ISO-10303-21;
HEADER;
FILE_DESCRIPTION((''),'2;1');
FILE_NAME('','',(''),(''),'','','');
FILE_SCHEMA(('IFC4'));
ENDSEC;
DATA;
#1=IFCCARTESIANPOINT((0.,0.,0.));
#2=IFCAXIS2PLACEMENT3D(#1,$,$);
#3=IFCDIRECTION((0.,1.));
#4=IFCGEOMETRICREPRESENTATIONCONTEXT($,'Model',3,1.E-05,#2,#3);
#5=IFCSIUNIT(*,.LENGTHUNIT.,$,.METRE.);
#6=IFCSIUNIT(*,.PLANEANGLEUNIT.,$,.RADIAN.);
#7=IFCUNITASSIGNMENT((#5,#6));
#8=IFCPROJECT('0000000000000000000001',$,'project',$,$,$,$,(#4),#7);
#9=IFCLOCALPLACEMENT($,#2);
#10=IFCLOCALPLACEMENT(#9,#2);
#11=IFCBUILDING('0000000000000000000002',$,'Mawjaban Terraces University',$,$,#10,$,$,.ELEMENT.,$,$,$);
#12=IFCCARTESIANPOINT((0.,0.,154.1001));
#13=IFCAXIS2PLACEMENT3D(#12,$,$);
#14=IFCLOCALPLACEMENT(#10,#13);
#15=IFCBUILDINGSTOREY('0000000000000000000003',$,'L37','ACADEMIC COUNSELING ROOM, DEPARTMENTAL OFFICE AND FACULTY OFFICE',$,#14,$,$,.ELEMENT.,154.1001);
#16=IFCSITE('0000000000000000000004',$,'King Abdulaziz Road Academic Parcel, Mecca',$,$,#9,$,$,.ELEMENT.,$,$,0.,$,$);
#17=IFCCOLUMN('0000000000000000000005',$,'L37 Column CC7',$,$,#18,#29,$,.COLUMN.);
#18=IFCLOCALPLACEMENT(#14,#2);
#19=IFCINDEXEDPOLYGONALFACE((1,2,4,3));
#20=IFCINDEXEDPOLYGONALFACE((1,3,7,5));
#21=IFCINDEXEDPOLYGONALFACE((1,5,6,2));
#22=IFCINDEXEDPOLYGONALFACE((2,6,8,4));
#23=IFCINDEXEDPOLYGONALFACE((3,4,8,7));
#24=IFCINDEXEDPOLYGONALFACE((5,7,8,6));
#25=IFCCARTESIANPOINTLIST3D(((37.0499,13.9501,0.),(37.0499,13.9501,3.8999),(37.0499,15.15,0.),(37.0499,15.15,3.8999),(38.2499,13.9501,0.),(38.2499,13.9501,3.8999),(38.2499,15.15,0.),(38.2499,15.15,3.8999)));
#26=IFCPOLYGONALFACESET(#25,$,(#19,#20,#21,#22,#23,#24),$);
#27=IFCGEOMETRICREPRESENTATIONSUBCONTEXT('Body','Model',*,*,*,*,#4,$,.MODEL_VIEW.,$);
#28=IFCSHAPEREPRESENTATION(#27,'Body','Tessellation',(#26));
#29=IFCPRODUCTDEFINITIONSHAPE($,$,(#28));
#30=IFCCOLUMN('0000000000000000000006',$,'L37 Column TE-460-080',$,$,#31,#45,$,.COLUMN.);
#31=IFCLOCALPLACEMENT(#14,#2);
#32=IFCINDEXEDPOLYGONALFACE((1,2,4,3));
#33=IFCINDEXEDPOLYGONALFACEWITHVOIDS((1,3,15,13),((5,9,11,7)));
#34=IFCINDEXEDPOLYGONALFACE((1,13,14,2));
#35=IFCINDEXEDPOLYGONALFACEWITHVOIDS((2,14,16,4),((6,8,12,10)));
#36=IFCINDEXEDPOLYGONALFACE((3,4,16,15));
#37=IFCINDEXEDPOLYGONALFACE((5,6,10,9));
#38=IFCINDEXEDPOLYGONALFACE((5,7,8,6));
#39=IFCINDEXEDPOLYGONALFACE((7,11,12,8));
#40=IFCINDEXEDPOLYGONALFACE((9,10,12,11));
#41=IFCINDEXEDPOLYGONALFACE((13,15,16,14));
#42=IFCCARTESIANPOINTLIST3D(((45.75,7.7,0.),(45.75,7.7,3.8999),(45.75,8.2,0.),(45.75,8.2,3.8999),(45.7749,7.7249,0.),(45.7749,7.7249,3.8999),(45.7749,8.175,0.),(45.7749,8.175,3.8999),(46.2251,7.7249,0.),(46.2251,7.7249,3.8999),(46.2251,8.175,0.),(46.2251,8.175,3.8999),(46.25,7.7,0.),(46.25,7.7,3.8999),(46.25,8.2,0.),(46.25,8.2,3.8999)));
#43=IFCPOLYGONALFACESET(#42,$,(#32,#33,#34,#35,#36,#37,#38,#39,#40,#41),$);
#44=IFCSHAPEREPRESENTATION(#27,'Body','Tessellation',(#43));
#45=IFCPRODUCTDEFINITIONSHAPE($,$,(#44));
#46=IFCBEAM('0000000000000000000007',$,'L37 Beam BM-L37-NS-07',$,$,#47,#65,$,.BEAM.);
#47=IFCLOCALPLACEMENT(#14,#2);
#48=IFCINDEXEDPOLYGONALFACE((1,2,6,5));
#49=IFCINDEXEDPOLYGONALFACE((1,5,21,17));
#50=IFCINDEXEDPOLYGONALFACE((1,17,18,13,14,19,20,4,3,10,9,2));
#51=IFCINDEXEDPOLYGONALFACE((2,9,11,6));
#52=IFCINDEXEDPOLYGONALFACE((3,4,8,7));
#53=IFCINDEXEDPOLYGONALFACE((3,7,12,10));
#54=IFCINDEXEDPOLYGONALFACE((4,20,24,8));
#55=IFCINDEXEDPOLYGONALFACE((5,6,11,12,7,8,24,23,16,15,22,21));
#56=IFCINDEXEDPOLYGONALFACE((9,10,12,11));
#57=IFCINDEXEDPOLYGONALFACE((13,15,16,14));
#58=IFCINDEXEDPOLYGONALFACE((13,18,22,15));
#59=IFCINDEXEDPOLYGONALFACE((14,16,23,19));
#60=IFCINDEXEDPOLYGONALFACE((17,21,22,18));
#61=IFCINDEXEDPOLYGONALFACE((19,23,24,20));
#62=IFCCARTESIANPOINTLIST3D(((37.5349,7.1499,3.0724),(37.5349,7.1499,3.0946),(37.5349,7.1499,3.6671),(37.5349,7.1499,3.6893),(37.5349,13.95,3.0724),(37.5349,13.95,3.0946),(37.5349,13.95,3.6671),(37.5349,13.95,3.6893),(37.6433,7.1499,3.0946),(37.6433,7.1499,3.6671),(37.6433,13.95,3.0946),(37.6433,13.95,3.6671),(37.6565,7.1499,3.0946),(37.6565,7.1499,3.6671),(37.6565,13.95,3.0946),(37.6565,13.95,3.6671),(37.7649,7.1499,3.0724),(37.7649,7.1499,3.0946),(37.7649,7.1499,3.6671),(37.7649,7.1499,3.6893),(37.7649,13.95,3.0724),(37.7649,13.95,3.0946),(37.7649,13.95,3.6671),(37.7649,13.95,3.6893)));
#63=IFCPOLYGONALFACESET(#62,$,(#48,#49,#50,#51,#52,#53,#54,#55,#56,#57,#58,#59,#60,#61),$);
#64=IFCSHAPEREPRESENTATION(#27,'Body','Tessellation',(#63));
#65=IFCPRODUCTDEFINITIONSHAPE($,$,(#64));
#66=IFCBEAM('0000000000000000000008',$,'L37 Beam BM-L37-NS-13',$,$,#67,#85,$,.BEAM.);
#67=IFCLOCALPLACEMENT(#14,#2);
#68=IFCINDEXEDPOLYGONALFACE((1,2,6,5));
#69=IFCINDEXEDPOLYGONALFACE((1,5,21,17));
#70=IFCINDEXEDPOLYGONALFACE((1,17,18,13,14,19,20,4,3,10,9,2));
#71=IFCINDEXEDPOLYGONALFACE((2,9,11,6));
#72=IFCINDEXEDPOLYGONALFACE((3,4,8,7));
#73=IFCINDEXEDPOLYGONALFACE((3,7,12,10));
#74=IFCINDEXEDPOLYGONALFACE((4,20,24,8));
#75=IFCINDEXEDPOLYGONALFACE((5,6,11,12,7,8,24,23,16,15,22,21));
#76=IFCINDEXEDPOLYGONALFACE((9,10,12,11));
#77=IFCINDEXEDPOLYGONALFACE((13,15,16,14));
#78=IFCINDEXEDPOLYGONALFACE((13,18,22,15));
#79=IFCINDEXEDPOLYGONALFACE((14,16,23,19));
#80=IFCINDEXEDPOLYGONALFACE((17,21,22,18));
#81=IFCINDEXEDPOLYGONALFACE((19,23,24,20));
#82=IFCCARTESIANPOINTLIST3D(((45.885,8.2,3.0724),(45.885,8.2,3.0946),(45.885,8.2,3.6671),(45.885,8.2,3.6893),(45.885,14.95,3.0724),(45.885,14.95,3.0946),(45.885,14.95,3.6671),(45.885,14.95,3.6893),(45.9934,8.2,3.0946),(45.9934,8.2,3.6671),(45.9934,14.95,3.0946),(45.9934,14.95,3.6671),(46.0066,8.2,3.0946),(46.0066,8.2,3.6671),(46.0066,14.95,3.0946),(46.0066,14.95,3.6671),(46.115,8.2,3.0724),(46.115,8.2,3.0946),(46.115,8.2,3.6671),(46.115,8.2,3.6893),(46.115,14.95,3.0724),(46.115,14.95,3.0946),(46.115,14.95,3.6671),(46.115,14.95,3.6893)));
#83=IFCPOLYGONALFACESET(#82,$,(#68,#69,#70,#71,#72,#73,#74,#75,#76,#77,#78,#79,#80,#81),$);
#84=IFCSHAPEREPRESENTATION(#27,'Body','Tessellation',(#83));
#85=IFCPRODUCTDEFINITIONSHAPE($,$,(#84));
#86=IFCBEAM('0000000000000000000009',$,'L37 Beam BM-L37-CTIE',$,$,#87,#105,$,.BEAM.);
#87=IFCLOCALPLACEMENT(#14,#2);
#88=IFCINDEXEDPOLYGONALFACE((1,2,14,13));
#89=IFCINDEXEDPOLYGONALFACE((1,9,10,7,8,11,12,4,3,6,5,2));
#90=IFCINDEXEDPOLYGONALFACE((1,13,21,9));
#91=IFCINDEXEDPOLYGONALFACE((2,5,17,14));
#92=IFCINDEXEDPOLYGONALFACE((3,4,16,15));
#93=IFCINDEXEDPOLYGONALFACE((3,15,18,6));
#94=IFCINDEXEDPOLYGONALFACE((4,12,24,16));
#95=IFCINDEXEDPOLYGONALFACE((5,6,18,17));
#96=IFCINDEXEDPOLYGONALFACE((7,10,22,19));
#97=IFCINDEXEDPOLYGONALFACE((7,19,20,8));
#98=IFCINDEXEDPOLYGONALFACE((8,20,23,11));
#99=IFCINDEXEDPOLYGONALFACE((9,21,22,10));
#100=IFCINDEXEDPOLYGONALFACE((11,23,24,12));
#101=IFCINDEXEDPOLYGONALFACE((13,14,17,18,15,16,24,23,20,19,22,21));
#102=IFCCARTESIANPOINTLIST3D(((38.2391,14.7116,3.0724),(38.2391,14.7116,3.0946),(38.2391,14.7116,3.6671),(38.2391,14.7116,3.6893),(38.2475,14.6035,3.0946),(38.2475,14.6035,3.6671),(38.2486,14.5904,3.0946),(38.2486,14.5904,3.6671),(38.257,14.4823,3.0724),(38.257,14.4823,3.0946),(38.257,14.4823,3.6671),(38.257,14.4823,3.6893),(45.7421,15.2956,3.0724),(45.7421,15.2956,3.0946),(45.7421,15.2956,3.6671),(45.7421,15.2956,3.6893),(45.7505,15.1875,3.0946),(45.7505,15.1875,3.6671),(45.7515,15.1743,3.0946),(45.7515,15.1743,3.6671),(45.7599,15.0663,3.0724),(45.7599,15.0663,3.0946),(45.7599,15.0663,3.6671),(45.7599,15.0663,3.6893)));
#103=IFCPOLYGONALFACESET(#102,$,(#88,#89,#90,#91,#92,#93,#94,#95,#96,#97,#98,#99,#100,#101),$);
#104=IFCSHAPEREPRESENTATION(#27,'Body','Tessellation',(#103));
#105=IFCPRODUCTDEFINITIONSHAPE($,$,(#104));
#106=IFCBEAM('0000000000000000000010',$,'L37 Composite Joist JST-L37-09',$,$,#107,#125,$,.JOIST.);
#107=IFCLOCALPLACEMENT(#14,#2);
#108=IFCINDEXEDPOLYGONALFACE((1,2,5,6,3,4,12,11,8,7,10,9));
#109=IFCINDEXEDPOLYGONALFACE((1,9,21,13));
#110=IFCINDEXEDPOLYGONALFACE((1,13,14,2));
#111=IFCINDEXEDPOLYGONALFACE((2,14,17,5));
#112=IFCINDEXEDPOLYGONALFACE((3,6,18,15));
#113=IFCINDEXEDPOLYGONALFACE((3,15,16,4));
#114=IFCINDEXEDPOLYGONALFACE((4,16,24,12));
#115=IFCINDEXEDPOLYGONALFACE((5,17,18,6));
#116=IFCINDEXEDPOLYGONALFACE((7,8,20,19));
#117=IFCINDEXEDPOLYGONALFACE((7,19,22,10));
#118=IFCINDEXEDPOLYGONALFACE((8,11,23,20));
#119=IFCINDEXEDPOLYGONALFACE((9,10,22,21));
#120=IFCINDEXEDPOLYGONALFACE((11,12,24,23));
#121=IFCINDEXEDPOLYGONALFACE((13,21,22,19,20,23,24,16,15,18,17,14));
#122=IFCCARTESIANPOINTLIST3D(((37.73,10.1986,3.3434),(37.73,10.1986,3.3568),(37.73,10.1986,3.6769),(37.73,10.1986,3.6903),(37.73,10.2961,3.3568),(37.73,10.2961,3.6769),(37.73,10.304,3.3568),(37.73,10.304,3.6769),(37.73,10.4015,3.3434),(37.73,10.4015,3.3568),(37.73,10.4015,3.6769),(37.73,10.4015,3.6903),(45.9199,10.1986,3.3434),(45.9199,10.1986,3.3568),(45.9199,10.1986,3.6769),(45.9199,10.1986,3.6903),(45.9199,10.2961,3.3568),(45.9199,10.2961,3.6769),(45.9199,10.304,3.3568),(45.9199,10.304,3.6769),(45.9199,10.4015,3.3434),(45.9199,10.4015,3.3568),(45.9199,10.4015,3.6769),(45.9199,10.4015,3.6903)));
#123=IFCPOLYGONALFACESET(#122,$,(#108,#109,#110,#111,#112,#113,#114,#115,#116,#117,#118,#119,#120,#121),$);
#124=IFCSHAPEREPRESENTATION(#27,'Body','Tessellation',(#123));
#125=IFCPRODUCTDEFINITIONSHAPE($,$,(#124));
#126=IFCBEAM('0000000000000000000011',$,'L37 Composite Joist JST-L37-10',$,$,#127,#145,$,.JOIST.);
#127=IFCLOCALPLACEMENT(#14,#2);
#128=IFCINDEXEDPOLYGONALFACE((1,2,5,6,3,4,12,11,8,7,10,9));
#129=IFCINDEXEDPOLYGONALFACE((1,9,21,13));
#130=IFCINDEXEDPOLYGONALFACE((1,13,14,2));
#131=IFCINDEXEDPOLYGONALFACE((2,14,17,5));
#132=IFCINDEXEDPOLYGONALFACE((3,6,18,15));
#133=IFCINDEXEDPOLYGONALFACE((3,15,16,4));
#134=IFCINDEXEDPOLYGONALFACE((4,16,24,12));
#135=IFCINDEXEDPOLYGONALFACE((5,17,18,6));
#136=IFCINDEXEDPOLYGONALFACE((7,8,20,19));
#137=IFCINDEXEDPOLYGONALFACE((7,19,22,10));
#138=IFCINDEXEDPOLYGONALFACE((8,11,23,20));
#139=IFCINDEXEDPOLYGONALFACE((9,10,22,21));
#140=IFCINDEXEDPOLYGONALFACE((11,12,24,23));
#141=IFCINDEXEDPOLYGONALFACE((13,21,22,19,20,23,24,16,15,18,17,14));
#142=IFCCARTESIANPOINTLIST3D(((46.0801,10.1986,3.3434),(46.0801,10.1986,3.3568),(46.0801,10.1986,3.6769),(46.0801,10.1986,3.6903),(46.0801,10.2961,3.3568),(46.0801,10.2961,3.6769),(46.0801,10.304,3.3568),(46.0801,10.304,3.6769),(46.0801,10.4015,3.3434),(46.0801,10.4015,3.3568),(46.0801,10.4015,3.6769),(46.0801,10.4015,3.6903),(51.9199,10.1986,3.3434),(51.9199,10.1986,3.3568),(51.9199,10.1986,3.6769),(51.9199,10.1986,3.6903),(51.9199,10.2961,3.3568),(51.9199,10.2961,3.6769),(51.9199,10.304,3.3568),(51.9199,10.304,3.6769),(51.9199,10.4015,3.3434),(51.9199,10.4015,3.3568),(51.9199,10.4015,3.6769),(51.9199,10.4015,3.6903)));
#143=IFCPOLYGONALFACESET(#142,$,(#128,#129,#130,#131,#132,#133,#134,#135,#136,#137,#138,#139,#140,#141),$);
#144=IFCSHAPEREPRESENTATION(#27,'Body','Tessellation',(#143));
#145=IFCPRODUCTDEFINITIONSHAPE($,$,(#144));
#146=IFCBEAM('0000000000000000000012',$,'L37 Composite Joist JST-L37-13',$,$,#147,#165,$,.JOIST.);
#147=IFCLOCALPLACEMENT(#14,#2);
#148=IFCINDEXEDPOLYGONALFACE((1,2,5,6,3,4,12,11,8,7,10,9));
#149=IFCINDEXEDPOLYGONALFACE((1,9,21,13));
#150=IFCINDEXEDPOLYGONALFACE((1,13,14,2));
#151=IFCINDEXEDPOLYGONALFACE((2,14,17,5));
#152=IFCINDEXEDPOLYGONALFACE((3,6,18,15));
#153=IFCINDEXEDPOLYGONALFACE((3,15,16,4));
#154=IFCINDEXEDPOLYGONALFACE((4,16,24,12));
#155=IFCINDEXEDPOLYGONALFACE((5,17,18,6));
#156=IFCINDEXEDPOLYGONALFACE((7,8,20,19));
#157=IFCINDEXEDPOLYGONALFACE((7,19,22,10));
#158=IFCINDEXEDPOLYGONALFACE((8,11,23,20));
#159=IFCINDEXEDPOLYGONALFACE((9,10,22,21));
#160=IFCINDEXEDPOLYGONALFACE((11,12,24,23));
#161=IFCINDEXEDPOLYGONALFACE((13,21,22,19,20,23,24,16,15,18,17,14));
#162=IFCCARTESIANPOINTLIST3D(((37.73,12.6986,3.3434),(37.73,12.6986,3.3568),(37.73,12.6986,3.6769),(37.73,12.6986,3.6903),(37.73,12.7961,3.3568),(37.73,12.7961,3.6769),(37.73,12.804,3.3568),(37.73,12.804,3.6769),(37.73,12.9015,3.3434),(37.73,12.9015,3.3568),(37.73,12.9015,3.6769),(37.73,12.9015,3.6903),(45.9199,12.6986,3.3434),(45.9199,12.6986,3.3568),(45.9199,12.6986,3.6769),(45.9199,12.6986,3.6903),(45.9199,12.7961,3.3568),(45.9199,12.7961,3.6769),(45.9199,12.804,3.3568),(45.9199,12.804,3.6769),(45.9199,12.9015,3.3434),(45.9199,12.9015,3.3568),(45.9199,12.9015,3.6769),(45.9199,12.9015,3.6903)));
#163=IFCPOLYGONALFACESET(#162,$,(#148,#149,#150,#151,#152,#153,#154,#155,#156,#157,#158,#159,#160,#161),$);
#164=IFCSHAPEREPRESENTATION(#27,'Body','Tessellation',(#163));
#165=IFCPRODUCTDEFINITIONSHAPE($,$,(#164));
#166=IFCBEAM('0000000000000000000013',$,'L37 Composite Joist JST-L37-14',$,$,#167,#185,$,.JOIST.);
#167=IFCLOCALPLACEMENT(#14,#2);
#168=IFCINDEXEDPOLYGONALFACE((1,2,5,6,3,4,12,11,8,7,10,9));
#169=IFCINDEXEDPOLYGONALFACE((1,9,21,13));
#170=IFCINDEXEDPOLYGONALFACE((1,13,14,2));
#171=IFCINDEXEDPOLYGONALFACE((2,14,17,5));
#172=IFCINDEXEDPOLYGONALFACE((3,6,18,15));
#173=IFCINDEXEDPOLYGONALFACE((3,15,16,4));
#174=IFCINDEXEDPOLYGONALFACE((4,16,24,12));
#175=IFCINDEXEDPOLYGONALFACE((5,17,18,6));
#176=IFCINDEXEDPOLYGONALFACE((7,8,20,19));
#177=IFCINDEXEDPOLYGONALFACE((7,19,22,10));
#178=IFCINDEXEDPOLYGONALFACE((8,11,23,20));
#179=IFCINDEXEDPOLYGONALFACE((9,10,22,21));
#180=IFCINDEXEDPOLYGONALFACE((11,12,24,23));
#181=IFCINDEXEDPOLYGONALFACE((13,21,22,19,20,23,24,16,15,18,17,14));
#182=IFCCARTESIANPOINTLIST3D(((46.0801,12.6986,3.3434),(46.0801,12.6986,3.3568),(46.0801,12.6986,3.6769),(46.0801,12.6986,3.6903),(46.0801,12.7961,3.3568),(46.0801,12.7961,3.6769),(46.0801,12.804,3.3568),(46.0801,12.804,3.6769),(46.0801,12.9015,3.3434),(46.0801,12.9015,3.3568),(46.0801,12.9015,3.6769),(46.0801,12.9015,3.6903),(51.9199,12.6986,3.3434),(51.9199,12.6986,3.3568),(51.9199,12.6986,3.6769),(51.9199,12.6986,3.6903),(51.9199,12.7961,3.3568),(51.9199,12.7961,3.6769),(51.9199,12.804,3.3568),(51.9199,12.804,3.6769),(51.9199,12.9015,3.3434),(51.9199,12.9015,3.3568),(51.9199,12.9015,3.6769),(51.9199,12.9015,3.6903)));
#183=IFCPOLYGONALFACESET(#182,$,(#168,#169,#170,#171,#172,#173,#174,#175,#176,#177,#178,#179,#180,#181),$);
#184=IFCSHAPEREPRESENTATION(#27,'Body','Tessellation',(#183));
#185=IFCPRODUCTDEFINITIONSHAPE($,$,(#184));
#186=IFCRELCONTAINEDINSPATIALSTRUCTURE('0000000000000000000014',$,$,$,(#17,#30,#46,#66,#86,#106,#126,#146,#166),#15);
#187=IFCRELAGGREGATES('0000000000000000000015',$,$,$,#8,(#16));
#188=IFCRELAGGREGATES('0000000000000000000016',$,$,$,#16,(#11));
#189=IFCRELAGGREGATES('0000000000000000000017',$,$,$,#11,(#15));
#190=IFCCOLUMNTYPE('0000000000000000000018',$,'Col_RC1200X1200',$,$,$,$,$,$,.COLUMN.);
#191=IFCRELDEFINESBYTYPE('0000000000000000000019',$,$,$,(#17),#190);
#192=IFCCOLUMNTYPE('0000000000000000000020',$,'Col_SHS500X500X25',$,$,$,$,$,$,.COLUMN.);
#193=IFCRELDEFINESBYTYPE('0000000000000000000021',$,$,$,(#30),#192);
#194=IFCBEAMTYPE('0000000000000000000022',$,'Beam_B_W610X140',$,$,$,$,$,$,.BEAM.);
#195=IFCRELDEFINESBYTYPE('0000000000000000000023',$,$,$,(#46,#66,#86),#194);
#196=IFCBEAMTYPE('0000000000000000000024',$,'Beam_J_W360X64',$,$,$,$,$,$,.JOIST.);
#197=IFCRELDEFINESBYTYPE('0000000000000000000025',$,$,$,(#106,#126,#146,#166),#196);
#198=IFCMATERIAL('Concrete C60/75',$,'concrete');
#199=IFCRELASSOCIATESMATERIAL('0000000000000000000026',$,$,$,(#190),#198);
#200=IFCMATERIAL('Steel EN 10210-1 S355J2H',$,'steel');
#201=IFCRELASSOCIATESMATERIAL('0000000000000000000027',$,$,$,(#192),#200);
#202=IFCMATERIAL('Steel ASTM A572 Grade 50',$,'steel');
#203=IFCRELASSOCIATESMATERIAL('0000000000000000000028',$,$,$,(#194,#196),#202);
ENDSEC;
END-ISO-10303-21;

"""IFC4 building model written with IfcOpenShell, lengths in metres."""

from ifc_helpers import new_model, si_unit, direction, frame, origin, origin_2d, place, context, subcontext, project, spatial, rectangle, hollow_rectangle, i_section, extrude, material, material_profile, profile_set, type_object, element, save


model = new_model("IFC4")

# Units and contexts
model_context = context("Model", 3, precision=1e-05, world=origin(), true_north=direction((0.0, 1.0)))
body_context = subcontext(model_context, "Body", "Model", "MODEL_VIEW")
ifc_project = project(units=[si_unit("LENGTHUNIT", "METRE"), si_unit("PLANEANGLEUNIT", "RADIAN")], contexts=[model_context])

# Site, building, storey
site_placement = place(None, origin())
site = spatial("IfcSite", under=ifc_project, at=site_placement, Name="King Abdulaziz Road Academic Parcel, Mecca", CompositionType="ELEMENT", RefElevation=0.0)
building_placement = place(site_placement, origin())
building = spatial("IfcBuilding", under=site, at=building_placement, Name="Mawjaban Terraces University", CompositionType="ELEMENT")
storey_placement = place(building_placement, frame((0.0, 0.0, 154.1001)))
storey = spatial("IfcBuildingStorey", under=building, at=storey_placement, Name="L37", Description="ACADEMIC COUNSELING ROOM, DEPARTMENTAL OFFICE AND FACULTY OFFICE", CompositionType="ELEMENT", Elevation=154.1001)

# Columns
ifc_material_1 = material(Name="Concrete C60/75", Category="concrete")
ifc_material_profile_1 = material_profile(ifc_material_1, rectangle(XDim=1.2, YDim=1.2, at=origin_2d()), Name="RC1200X1200")
ifc_profile_set_1 = profile_set([ifc_material_profile_1], Name="Concrete C60/75")
column_type_1 = type_object("IfcColumnType", Name="Col_RC1200X1200", PredefinedType="COLUMN", material=ifc_profile_set_1)
column_1_placement = place(storey_placement, frame((37.6499, 14.55, 0.0), z_axis=(0.0, 0.0, 1.0), x_axis=(1.0, 0.0, 0.0)))
element("IfcColumn", 1, at=column_1_placement, inside=storey, type_object=column_type_1, Name="L37 Column CC7", PredefinedType="COLUMN", context=body_context, shape_type="SweptSolid", body=[
    extrude(rectangle(XDim=1.2, YDim=1.2, at=origin_2d()), origin(), (0.0, 0.0, 1.0), 3.8999),
])
ifc_material_2 = material(Name="Steel EN 10210-1 S355J2H", Category="steel")
ifc_material_profile_2 = material_profile(ifc_material_2, hollow_rectangle(XDim=0.5, YDim=0.5, WallThickness=0.0249, at=origin_2d()), Name="SHS500X500X25")
ifc_profile_set_2 = profile_set([ifc_material_profile_2], Name="Steel EN 10210-1 S355J2H")
column_type_2 = type_object("IfcColumnType", Name="Col_SHS500X500X25", PredefinedType="COLUMN", material=ifc_profile_set_2)
column_2_placement = place(storey_placement, frame((46.0, 7.95, 0.0), z_axis=(0.0, 0.0, 1.0), x_axis=(1.0, 0.0, 0.0)))
element("IfcColumn", 2, at=column_2_placement, inside=storey, type_object=column_type_2, Name="L37 Column TE-460-080", PredefinedType="COLUMN", context=body_context, shape_type="SweptSolid", body=[
    extrude(hollow_rectangle(XDim=0.5, YDim=0.5, WallThickness=0.0249, at=origin_2d()), origin(), (0.0, 0.0, 1.0), 3.8999),
])

# Beams
ifc_material_3 = material(Name="Steel ASTM A572 Grade 50", Category="steel")
ifc_material_profile_3 = material_profile(ifc_material_3, i_section(OverallWidth=0.23, OverallDepth=0.6169, WebThickness=0.0132, FlangeThickness=0.0222, at=origin_2d()), Name="W610X140")
ifc_profile_set_3 = profile_set([ifc_material_profile_3], Name="Steel ASTM A572 Grade 50")
beam_type_1 = type_object("IfcBeamType", Name="Beam_B_W610X140", PredefinedType="BEAM", material=ifc_profile_set_3)
beam_1_placement = place(storey_placement, frame((37.6499, 7.1499, 3.3809), z_axis=(0.0, 1.0, 0.0), x_axis=(-1.0, 0.0, 0.0)))
element("IfcBeam", 3, at=beam_1_placement, inside=storey, type_object=beam_type_1, Name="L37 Beam BM-L37-NS-07", PredefinedType="BEAM", context=body_context, shape_type="SweptSolid", body=[
    extrude(i_section(OverallWidth=0.23, OverallDepth=0.6169, WebThickness=0.0132, FlangeThickness=0.0222, at=origin_2d()), origin(), (0.0, 0.0, 1.0), 6.8),
])
beam_2_placement = place(storey_placement, frame((46.0, 8.2, 3.3809), z_axis=(0.0, 1.0, 0.0), x_axis=(-1.0, 0.0, 0.0)))
element("IfcBeam", 4, at=beam_2_placement, inside=storey, type_object=beam_type_1, Name="L37 Beam BM-L37-NS-13", PredefinedType="BEAM", context=body_context, shape_type="SweptSolid", body=[
    extrude(i_section(OverallWidth=0.23, OverallDepth=0.6169, WebThickness=0.0132, FlangeThickness=0.0222, at=origin_2d()), origin(), (0.0, 0.0, 1.0), 6.75),
])
beam_3_placement = place(storey_placement, frame((38.248, 14.5969, 3.3809), z_axis=(0.996985, 0.077599, 0.0), x_axis=(-0.077599, 0.996985, 0.0)))
element("IfcBeam", 5, at=beam_3_placement, inside=storey, type_object=beam_type_1, Name="L37 Beam BM-L37-CTIE", PredefinedType="BEAM", context=body_context, shape_type="SweptSolid", body=[
    extrude(i_section(OverallWidth=0.23, OverallDepth=0.6169, WebThickness=0.0132, FlangeThickness=0.0222, at=origin_2d()), origin(), (0.0, 0.0, 1.0), 7.5256),
])
ifc_material_profile_4 = material_profile(ifc_material_3, i_section(OverallWidth=0.2029, OverallDepth=0.3469, WebThickness=0.0078, FlangeThickness=0.0134, at=origin_2d()), Name="W360X64")
ifc_profile_set_4 = profile_set([ifc_material_profile_4], Name="Steel ASTM A572 Grade 50")
beam_type_2 = type_object("IfcBeamType", Name="Beam_J_W360X64", PredefinedType="JOIST", material=ifc_profile_set_4)
beam_4_placement = place(storey_placement, frame((37.73, 10.3, 3.5168), z_axis=(1.0, 0.0, 0.0), x_axis=(0.0, 1.0, 0.0)))
element("IfcBeam", 6, at=beam_4_placement, inside=storey, type_object=beam_type_2, Name="L37 Composite Joist JST-L37-09", PredefinedType="JOIST", context=body_context, shape_type="SweptSolid", body=[
    extrude(i_section(OverallWidth=0.2029, OverallDepth=0.3469, WebThickness=0.0078, FlangeThickness=0.0134, at=origin_2d()), origin(), (0.0, 0.0, 1.0), 8.1899),
])
beam_5_placement = place(storey_placement, frame((46.0801, 10.3, 3.5168), z_axis=(1.0, 0.0, 0.0), x_axis=(0.0, 1.0, 0.0)))
element("IfcBeam", 7, at=beam_5_placement, inside=storey, type_object=beam_type_2, Name="L37 Composite Joist JST-L37-10", PredefinedType="JOIST", context=body_context, shape_type="SweptSolid", body=[
    extrude(i_section(OverallWidth=0.2029, OverallDepth=0.3469, WebThickness=0.0078, FlangeThickness=0.0134, at=origin_2d()), origin(), (0.0, 0.0, 1.0), 5.8398),
])
beam_6_placement = place(storey_placement, frame((37.73, 12.8, 3.5168), z_axis=(1.0, 0.0, 0.0), x_axis=(0.0, 1.0, 0.0)))
element("IfcBeam", 8, at=beam_6_placement, inside=storey, type_object=beam_type_2, Name="L37 Composite Joist JST-L37-13", PredefinedType="JOIST", context=body_context, shape_type="SweptSolid", body=[
    extrude(i_section(OverallWidth=0.2029, OverallDepth=0.3469, WebThickness=0.0078, FlangeThickness=0.0134, at=origin_2d()), origin(), (0.0, 0.0, 1.0), 8.1899),
])
beam_7_placement = place(storey_placement, frame((46.0801, 12.8, 3.5168), z_axis=(1.0, 0.0, 0.0), x_axis=(0.0, 1.0, 0.0)))
element("IfcBeam", 9, at=beam_7_placement, inside=storey, type_object=beam_type_2, Name="L37 Composite Joist JST-L37-14", PredefinedType="JOIST", context=body_context, shape_type="SweptSolid", body=[
    extrude(i_section(OverallWidth=0.2029, OverallDepth=0.3469, WebThickness=0.0078, FlangeThickness=0.0134, at=origin_2d()), origin(), (0.0, 0.0, 1.0), 5.8398),
])

save(model, "model.ifc")
